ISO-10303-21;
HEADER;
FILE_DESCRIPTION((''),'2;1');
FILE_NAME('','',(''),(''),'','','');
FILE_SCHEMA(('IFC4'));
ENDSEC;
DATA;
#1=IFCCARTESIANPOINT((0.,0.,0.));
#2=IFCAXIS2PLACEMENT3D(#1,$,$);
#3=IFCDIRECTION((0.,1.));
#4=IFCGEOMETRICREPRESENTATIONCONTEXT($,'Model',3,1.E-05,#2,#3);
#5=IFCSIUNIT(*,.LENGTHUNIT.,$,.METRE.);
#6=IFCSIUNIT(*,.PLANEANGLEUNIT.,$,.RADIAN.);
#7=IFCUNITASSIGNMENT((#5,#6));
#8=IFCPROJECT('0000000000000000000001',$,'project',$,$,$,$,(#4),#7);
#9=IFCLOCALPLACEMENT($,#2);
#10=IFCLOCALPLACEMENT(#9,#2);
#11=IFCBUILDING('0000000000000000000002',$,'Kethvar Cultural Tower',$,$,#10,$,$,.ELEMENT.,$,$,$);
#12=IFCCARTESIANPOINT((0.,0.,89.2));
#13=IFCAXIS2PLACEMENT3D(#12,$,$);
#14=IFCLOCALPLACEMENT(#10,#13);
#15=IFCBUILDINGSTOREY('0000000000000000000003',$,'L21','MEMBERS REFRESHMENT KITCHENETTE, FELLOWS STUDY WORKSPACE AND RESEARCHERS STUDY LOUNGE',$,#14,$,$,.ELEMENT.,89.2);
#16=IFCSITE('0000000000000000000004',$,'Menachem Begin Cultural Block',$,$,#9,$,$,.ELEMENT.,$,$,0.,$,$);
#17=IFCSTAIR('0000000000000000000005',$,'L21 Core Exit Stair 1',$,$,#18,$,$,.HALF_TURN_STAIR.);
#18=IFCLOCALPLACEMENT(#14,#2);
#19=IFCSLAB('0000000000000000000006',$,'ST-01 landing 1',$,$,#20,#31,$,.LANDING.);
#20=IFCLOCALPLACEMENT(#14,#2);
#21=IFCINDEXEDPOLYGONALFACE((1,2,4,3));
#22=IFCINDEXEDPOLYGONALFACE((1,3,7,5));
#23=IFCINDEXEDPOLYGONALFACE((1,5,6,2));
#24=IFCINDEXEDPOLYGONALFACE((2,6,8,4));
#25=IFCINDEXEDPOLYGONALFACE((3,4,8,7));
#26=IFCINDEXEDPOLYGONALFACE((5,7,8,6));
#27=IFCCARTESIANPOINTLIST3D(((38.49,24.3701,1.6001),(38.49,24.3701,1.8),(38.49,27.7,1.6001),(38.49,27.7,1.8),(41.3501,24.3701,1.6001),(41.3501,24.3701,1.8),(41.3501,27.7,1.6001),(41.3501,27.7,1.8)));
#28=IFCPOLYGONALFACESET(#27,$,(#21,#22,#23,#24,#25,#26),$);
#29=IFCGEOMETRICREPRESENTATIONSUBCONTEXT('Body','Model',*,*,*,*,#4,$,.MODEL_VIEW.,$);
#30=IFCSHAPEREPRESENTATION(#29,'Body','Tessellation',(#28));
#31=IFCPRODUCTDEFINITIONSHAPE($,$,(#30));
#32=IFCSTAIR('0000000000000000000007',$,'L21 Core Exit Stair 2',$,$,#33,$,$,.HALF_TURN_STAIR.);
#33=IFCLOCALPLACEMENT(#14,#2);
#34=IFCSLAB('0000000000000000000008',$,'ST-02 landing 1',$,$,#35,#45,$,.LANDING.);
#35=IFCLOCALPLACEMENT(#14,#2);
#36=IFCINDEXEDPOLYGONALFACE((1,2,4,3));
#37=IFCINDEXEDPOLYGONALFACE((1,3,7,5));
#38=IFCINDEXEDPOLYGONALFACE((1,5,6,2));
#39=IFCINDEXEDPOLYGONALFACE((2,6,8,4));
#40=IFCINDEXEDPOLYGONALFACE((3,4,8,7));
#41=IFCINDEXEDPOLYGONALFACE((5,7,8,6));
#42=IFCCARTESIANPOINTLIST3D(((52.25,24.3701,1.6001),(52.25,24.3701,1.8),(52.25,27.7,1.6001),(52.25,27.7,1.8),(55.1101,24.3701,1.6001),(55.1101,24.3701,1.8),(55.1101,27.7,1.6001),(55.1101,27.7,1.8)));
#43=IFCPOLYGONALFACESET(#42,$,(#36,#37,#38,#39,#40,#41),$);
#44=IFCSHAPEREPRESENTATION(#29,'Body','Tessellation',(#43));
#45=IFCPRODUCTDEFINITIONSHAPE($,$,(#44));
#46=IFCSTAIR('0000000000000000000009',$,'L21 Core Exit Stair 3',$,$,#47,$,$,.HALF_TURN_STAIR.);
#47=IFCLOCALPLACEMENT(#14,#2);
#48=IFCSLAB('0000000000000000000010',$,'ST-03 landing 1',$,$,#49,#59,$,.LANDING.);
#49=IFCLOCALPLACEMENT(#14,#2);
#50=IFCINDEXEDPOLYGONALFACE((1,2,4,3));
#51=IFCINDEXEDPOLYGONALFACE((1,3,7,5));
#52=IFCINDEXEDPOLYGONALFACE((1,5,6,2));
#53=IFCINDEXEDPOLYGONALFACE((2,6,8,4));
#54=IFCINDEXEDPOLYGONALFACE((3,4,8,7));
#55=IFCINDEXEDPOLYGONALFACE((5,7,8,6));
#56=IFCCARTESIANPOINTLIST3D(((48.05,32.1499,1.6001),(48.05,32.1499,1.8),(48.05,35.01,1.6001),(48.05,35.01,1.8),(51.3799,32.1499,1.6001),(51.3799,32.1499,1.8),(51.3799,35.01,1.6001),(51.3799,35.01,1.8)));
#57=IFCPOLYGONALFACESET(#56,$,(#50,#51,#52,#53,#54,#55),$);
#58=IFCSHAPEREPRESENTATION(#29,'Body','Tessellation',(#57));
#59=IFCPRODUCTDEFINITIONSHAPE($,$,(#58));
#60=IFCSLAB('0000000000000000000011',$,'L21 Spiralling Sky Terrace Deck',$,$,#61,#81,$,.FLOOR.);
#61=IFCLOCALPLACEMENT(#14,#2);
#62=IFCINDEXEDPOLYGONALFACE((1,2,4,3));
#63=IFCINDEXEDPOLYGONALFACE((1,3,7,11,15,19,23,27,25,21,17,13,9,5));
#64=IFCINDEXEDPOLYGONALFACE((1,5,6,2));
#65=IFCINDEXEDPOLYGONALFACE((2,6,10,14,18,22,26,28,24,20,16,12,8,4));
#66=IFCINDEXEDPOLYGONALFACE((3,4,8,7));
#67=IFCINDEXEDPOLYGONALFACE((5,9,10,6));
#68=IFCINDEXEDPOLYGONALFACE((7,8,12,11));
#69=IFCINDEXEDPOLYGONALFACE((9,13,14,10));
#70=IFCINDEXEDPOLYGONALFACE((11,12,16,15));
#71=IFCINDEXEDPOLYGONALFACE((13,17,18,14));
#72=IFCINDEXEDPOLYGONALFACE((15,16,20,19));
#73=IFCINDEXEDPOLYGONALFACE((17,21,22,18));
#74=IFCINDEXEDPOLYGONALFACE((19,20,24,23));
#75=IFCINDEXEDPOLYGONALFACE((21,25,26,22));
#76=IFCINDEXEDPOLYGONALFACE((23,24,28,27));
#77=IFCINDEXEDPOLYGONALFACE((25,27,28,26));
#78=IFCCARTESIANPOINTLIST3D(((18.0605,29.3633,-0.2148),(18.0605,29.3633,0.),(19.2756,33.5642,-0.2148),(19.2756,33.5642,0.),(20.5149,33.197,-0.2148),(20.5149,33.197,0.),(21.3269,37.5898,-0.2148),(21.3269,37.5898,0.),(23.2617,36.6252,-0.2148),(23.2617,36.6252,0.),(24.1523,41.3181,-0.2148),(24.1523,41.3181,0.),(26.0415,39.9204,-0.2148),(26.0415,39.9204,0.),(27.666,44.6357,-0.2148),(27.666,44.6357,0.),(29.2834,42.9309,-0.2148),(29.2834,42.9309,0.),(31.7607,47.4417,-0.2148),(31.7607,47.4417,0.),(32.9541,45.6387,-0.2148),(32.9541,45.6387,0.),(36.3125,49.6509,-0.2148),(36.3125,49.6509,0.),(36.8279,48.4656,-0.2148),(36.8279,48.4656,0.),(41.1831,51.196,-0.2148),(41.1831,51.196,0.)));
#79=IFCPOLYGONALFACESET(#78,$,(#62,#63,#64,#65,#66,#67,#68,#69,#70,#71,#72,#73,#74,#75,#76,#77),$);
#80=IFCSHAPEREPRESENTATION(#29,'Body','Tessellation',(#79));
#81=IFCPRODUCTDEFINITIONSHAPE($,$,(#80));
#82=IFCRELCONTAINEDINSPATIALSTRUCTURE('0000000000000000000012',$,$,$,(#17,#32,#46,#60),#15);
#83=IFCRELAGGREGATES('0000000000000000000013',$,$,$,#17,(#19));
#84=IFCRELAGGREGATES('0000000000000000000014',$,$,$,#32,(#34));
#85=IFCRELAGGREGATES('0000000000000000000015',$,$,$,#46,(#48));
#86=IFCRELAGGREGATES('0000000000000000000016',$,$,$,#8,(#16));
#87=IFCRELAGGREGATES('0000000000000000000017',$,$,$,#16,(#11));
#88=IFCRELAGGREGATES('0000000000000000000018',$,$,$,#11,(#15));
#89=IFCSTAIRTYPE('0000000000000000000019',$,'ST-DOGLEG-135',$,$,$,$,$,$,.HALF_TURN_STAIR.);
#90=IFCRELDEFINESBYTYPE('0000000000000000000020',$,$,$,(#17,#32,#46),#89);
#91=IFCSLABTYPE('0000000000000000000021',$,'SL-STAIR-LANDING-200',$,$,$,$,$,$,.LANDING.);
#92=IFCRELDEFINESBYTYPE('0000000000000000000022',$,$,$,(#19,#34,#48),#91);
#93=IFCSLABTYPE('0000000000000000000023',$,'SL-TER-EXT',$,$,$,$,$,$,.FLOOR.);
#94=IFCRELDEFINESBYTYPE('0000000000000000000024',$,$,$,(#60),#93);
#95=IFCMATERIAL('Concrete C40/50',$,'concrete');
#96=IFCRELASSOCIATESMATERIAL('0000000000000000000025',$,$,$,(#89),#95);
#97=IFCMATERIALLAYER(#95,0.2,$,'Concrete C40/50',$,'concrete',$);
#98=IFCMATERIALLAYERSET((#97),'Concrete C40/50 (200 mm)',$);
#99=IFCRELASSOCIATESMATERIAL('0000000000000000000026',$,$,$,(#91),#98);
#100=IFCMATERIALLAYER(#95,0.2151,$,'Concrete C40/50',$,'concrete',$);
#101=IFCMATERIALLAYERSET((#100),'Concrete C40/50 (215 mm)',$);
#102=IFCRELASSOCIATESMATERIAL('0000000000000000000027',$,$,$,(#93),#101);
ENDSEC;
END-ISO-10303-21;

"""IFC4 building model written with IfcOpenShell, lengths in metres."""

from ifc_helpers import new_model, si_unit, direction, frame, origin, place, context, subcontext, project, spatial, polyline, outline, extrude, material, layer, layer_set, type_object, element, aggregate, save


model = new_model("IFC4")

# Units and contexts
model_context = context("Model", 3, precision=1e-05, world=origin(), true_north=direction((0.0, 1.0)))
body_context = subcontext(model_context, "Body", "Model", "MODEL_VIEW")
ifc_project = project(units=[si_unit("LENGTHUNIT", "METRE"), si_unit("PLANEANGLEUNIT", "RADIAN")], contexts=[model_context])

# Site, building, storey
site_placement = place(None, origin())
site = spatial("IfcSite", under=ifc_project, at=site_placement, Name="Menachem Begin Cultural Block", CompositionType="ELEMENT", RefElevation=0.0)
building_placement = place(site_placement, origin())
building = spatial("IfcBuilding", under=site, at=building_placement, Name="Kethvar Cultural Tower", CompositionType="ELEMENT")
storey_placement = place(building_placement, frame((0.0, 0.0, 89.2)))
storey = spatial("IfcBuildingStorey", under=building, at=storey_placement, Name="L21", Description="MEMBERS REFRESHMENT KITCHENETTE, FELLOWS STUDY WORKSPACE AND RESEARCHERS STUDY LOUNGE", CompositionType="ELEMENT", Elevation=89.2)

# Stairs, slabs
ifc_material_1 = material(Name="Concrete C40/50", Category="concrete")
stair_type = type_object("IfcStairType", Name="ST-DOGLEG-135", PredefinedType="HALF_TURN_STAIR", material=ifc_material_1)
stair_1_placement = place(storey_placement, origin())
stair_1 = element("IfcStair", 1, at=stair_1_placement, inside=storey, type_object=stair_type, Name="L21 Core Exit Stair 1", PredefinedType="HALF_TURN_STAIR")
ifc_layer_1 = layer(ifc_material_1, 0.2, Name="Concrete C40/50", Category="concrete")
ifc_layer_set_1 = layer_set([ifc_layer_1], Name="Concrete C40/50 (200 mm)")
slab_type_1 = type_object("IfcSlabType", Name="SL-STAIR-LANDING-200", PredefinedType="LANDING", material=ifc_layer_set_1)
slab_1_placement = place(storey_placement, frame((0.0, 0.0, 1.6001)))
slab_1 = element("IfcSlab", 2, at=slab_1_placement, type_object=slab_type_1, Name="ST-01 landing 1", PredefinedType="LANDING", context=body_context, shape_type="SweptSolid", body=[
    extrude(outline(polyline([(41.3501, 24.3701), (41.3501, 27.7), (38.49, 27.7), (38.49, 24.3701), (41.3501, 24.3701)])), origin(), (0.0, 0.0, 1.0), 0.2),
])
aggregate(stair_1, [slab_1])
stair_2_placement = place(storey_placement, origin())
stair_2 = element("IfcStair", 3, at=stair_2_placement, inside=storey, type_object=stair_type, Name="L21 Core Exit Stair 2", PredefinedType="HALF_TURN_STAIR")
slab_2_placement = place(storey_placement, frame((0.0, 0.0, 1.6001)))
slab_2 = element("IfcSlab", 4, at=slab_2_placement, type_object=slab_type_1, Name="ST-02 landing 1", PredefinedType="LANDING", context=body_context, shape_type="SweptSolid", body=[
    extrude(outline(polyline([(55.1101, 24.3701), (55.1101, 27.7), (52.25, 27.7), (52.25, 24.3701), (55.1101, 24.3701)])), origin(), (0.0, 0.0, 1.0), 0.2),
])
aggregate(stair_2, [slab_2])
stair_3_placement = place(storey_placement, origin())
stair_3 = element("IfcStair", 5, at=stair_3_placement, inside=storey, type_object=stair_type, Name="L21 Core Exit Stair 3", PredefinedType="HALF_TURN_STAIR")
slab_3_placement = place(storey_placement, frame((0.0, 0.0, 1.6001)))
slab_3 = element("IfcSlab", 6, at=slab_3_placement, type_object=slab_type_1, Name="ST-03 landing 1", PredefinedType="LANDING", context=body_context, shape_type="SweptSolid", body=[
    extrude(outline(polyline([(51.3799, 35.01), (48.05, 35.01), (48.05, 32.1499), (51.3799, 32.1499), (51.3799, 35.01)])), origin(), (0.0, 0.0, 1.0), 0.2),
])
aggregate(stair_3, [slab_3])

# Slab
ifc_layer_2 = layer(ifc_material_1, 0.2151, Name="Concrete C40/50", Category="concrete")
ifc_layer_set_2 = layer_set([ifc_layer_2], Name="Concrete C40/50 (215 mm)")
slab_type_2 = type_object("IfcSlabType", Name="SL-TER-EXT", PredefinedType="FLOOR", material=ifc_layer_set_2)
slab_4_placement = place(storey_placement, frame((0.0, 0.0, -0.2148)))
element("IfcSlab", 7, at=slab_4_placement, inside=storey, type_object=slab_type_2, Name="L21 Spiralling Sky Terrace Deck", PredefinedType="FLOOR", context=body_context, shape_type="SweptSolid", body=[
    extrude(outline(polyline([(41.1831, 51.196), (36.3125, 49.6509), (31.7607, 47.4417), (27.666, 44.6357), (24.1523, 41.3181), (21.3269, 37.5898), (19.2756, 33.5642), (18.0605, 29.3633), (20.5149, 33.197), (23.2617, 36.6252), (26.0415, 39.9204), (29.2834, 42.9309), (32.9541, 45.6387), (36.8279, 48.4656), (41.1831, 51.196)])), origin(), (0.0, 0.0, 1.0), 0.2148),
])

save(model, "model.ifc")
